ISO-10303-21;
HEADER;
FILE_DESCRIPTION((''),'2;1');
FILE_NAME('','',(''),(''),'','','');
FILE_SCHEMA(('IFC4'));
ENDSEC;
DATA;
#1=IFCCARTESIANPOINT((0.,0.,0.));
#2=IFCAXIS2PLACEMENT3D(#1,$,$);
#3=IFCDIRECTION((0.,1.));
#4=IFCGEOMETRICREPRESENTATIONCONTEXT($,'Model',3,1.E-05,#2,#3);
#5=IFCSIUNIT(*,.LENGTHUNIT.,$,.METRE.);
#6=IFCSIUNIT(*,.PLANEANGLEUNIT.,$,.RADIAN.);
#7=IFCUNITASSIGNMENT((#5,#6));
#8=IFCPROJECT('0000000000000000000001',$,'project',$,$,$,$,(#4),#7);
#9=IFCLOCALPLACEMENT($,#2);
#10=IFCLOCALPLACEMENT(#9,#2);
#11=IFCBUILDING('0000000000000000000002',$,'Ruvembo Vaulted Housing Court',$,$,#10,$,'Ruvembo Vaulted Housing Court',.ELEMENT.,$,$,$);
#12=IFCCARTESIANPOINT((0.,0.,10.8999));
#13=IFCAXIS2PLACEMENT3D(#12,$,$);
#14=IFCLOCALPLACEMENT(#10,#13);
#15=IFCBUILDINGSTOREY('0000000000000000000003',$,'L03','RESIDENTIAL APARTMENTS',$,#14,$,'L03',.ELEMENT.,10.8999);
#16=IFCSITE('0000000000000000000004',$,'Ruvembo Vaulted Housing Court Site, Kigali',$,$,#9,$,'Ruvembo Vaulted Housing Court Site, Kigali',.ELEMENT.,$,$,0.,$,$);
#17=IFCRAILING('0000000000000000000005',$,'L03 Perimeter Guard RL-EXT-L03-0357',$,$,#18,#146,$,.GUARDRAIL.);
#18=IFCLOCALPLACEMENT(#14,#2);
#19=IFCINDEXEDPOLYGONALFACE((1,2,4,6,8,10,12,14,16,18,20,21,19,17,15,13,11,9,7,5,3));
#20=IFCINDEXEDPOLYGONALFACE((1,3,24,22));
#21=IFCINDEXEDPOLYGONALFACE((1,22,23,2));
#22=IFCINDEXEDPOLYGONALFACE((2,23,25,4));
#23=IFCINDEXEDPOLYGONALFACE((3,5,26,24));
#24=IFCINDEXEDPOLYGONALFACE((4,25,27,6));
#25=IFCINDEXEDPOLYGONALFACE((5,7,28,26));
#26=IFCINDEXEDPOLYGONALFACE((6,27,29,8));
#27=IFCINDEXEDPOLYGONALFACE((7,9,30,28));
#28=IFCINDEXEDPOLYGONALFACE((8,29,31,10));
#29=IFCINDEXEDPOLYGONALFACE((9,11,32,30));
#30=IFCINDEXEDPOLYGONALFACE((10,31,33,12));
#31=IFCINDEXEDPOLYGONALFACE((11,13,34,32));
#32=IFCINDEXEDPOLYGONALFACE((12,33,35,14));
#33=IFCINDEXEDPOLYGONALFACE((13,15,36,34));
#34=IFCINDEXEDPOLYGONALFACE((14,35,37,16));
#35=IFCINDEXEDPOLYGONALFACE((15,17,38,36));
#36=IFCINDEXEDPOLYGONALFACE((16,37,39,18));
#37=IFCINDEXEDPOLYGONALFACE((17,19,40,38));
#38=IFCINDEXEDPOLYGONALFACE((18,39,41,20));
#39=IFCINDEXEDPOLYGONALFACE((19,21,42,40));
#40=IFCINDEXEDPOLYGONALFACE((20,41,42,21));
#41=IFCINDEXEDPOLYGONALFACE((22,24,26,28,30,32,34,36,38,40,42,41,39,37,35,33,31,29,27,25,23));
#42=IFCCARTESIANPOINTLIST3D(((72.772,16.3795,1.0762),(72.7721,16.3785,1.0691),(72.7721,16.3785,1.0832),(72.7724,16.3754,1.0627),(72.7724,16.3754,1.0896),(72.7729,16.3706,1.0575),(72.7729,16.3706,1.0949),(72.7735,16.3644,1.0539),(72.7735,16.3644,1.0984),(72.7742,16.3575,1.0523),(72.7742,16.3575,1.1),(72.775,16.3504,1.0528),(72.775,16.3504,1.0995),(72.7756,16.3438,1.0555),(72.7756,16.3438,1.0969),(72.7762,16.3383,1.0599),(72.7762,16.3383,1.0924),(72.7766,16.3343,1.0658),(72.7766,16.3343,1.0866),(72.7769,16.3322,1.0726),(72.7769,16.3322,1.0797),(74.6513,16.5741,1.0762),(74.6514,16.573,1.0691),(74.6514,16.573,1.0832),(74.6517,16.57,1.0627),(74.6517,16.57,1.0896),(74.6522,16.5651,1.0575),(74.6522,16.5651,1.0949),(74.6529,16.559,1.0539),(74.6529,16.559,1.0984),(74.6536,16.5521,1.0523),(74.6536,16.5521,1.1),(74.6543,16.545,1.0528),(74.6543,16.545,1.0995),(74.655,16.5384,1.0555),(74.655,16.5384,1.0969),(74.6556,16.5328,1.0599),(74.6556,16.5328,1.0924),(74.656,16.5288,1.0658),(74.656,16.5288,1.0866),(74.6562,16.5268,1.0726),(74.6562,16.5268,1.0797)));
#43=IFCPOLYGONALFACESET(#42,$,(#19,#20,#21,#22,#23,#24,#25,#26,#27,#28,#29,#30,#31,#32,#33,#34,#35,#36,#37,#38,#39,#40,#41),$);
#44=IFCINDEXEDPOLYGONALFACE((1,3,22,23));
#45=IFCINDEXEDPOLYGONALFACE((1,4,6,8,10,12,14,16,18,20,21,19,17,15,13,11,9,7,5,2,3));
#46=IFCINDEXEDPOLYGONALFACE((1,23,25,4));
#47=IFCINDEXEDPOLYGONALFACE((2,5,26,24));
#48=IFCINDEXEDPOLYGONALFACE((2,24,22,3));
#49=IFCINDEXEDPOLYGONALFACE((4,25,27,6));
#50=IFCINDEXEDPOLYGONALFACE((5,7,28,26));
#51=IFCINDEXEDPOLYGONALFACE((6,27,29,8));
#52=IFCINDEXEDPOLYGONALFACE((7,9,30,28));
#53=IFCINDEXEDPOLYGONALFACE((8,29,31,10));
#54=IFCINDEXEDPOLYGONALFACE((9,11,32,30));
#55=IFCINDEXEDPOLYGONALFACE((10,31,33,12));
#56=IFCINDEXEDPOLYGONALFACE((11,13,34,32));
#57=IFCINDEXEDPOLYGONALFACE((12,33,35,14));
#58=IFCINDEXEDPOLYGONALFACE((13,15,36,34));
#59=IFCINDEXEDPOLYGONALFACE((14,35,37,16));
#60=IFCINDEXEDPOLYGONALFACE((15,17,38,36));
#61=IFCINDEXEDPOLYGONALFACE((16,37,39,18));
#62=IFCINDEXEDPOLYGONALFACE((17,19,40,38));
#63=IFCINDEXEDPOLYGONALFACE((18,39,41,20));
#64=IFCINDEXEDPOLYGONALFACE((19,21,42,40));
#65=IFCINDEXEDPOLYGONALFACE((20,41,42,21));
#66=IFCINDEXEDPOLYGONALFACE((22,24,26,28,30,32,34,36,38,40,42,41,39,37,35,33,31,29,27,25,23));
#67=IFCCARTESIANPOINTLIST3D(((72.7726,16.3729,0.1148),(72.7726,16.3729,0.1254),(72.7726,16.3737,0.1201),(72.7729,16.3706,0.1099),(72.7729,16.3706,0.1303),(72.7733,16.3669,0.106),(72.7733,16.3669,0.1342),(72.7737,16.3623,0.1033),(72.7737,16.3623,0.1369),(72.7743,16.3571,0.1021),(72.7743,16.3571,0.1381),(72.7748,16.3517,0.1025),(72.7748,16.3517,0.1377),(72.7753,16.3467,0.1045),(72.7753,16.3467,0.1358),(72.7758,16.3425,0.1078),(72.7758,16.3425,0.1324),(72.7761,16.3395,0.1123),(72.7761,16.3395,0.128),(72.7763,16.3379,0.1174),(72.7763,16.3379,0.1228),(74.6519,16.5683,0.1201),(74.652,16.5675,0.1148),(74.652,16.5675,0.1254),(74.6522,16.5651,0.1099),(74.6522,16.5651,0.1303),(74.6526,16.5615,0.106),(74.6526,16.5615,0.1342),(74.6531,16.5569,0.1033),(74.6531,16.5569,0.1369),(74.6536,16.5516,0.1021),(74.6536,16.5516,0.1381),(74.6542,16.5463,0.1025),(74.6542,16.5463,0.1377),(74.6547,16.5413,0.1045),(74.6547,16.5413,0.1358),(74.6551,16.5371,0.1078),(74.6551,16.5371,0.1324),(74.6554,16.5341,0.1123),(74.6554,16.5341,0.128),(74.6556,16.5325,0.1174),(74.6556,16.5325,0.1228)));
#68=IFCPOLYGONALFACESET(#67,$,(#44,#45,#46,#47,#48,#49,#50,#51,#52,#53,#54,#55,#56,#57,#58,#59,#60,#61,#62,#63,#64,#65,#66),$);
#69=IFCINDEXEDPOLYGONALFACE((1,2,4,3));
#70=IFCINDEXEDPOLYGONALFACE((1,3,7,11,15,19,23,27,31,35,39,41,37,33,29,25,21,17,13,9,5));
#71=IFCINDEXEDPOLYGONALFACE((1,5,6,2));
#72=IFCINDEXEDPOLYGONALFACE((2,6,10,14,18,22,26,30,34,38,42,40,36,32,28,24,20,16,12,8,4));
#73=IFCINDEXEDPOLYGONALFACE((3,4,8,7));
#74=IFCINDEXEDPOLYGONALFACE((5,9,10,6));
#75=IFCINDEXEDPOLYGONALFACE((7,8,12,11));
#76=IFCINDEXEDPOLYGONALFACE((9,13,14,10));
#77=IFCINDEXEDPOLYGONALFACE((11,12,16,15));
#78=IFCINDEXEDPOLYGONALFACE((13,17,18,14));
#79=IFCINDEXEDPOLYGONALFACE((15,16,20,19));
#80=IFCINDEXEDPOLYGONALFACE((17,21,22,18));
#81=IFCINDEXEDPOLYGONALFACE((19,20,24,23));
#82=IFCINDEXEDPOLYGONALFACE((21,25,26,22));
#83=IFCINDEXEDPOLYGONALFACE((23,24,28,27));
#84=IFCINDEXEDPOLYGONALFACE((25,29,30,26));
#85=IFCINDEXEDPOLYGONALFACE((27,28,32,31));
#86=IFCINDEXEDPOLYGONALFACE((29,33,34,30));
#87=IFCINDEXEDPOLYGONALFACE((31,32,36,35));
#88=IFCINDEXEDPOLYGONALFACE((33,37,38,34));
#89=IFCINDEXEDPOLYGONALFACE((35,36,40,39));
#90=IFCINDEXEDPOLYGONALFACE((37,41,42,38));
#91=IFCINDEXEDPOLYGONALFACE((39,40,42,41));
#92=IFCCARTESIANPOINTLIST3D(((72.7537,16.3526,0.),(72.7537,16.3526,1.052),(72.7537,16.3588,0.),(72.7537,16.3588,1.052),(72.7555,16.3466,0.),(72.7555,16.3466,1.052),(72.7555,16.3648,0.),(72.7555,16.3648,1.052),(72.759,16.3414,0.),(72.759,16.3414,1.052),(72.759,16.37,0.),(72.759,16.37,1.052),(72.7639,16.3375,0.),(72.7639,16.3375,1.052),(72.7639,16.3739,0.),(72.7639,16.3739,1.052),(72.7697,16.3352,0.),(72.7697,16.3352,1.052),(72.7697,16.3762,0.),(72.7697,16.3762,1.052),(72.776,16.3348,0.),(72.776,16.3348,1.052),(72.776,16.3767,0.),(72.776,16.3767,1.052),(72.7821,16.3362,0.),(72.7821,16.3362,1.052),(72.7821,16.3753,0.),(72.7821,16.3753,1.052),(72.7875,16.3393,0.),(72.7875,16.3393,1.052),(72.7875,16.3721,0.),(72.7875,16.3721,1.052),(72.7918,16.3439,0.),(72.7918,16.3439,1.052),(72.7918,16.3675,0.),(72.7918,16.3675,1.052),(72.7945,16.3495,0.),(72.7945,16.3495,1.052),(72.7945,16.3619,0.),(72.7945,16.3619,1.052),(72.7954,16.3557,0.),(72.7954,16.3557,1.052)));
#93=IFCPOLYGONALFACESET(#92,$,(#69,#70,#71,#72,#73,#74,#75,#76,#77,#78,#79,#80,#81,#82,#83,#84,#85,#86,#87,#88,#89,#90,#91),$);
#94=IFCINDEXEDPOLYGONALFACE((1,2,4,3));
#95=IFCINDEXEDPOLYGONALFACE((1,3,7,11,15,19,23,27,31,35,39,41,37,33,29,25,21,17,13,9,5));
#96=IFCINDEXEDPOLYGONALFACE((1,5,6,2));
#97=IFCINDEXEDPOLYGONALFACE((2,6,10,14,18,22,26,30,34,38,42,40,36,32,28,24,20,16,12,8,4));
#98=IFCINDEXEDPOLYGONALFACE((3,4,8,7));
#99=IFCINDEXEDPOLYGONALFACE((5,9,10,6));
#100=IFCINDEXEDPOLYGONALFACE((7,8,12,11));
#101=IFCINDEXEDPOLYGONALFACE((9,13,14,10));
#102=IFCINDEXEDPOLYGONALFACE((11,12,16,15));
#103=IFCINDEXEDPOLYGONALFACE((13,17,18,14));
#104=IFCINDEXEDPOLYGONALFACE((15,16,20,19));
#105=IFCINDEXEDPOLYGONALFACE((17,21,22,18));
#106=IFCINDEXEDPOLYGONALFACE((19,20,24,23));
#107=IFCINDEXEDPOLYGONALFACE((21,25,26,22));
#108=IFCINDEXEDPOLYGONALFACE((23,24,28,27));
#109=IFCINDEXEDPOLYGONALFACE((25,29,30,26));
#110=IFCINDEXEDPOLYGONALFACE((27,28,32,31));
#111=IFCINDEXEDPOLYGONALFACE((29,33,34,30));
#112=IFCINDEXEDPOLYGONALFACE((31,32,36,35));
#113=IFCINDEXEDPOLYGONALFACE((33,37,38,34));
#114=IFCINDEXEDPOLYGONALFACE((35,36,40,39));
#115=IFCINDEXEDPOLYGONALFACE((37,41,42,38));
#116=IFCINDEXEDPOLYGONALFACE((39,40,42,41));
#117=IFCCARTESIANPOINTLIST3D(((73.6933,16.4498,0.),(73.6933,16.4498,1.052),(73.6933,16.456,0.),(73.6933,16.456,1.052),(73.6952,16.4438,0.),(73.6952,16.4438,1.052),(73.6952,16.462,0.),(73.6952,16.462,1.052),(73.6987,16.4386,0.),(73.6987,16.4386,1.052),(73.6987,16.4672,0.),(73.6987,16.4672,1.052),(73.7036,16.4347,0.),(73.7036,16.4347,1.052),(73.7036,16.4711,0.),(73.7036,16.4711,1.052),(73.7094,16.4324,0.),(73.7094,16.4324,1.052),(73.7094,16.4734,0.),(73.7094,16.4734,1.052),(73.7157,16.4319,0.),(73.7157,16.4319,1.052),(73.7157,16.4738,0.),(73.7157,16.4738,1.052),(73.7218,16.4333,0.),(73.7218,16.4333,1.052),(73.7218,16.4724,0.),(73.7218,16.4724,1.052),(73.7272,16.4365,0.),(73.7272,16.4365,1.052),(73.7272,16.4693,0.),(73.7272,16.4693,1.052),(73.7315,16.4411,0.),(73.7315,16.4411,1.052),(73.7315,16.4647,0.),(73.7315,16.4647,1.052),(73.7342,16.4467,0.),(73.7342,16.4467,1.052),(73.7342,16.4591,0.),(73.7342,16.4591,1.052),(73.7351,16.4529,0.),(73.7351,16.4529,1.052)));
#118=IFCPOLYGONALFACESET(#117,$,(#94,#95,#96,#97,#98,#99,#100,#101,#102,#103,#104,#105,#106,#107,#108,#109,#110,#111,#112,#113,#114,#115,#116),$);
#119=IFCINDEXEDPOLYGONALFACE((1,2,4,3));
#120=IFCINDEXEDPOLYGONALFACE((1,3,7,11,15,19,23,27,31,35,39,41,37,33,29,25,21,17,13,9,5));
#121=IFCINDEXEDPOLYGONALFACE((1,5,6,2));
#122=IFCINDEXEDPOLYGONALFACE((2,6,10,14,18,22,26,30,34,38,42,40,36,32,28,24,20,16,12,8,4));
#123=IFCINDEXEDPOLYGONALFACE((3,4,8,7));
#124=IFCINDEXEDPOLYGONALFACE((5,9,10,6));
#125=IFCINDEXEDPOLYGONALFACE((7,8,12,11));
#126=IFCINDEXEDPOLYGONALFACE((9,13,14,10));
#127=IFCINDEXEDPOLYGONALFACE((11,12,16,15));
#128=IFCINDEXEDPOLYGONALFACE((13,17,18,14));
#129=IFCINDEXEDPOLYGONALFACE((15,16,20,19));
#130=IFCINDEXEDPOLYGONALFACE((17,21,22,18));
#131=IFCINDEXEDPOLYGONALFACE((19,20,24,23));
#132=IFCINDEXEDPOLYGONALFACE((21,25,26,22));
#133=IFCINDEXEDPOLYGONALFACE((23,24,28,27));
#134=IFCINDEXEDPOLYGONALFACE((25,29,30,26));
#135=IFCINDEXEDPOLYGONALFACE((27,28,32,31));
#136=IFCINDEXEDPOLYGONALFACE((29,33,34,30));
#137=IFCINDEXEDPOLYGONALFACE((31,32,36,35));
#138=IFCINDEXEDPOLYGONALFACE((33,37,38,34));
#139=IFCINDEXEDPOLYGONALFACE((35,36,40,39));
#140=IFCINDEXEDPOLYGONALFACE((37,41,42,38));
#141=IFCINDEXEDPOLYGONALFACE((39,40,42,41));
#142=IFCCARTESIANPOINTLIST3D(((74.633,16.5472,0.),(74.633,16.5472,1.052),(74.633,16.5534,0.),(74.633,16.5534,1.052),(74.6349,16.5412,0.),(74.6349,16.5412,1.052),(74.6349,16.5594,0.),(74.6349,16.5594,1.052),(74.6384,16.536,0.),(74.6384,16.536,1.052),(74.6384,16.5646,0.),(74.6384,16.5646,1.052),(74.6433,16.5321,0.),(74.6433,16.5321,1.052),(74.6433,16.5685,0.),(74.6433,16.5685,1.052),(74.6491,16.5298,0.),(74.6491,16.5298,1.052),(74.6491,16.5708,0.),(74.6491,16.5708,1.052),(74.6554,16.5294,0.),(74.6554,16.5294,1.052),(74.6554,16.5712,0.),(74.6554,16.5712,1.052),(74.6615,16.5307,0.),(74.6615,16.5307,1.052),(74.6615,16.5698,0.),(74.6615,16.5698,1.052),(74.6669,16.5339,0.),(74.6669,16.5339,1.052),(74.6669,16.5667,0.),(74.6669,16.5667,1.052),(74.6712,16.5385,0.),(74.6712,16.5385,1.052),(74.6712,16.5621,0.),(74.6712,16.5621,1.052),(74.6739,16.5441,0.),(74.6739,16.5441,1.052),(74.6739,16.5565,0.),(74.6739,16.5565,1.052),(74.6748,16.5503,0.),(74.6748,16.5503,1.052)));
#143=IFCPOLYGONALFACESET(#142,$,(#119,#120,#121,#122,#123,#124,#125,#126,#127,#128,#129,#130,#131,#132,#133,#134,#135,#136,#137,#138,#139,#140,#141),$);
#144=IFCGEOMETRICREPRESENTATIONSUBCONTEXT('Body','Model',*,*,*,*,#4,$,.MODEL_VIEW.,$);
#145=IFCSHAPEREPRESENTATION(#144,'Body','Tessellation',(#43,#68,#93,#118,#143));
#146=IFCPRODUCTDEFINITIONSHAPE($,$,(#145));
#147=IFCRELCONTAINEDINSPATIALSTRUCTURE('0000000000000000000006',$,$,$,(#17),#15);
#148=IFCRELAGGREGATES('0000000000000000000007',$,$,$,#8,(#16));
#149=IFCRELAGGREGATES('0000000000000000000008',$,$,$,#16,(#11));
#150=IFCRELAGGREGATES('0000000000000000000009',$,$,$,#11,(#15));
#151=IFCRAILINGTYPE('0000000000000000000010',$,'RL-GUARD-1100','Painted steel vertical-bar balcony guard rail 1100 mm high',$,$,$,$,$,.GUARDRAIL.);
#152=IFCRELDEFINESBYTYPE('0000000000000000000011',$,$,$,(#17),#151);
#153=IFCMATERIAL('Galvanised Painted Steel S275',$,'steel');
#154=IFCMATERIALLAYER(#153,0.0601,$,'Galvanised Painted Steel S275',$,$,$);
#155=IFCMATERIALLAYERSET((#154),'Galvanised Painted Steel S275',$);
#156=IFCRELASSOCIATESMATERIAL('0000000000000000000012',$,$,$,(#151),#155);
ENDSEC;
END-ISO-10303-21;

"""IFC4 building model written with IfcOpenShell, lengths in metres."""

from ifc_helpers import new_model, si_unit, direction, frame, origin, origin_2d, place, context, subcontext, project, spatial, circle, extrude, material, layer, layer_set, type_object, element, save


model = new_model("IFC4")

# Units and contexts
model_context = context("Model", 3, precision=1e-05, world=origin(), true_north=direction((0.0, 1.0)))
body_context = subcontext(model_context, "Body", "Model", "MODEL_VIEW")
ifc_project = project(units=[si_unit("LENGTHUNIT", "METRE"), si_unit("PLANEANGLEUNIT", "RADIAN")], contexts=[model_context])

# Site, building, storey
site_placement = place(None, origin())
site = spatial("IfcSite", under=ifc_project, at=site_placement, Name="Ruvembo Vaulted Housing Court Site, Kigali", LongName="Ruvembo Vaulted Housing Court Site, Kigali", CompositionType="ELEMENT", RefElevation=0.0)
building_placement = place(site_placement, origin())
building = spatial("IfcBuilding", under=site, at=building_placement, Name="Ruvembo Vaulted Housing Court", LongName="Ruvembo Vaulted Housing Court", CompositionType="ELEMENT")
storey_placement = place(building_placement, frame((0.0, 0.0, 10.8999)))
storey = spatial("IfcBuildingStorey", under=building, at=storey_placement, Name="L03", Description="RESIDENTIAL APARTMENTS", LongName="L03", CompositionType="ELEMENT", Elevation=10.8999)

# Railing
ifc_material_1 = material(Name="Galvanised Painted Steel S275", Category="steel")
ifc_layer_1 = layer(ifc_material_1, 0.0601, Name="Galvanised Painted Steel S275")
ifc_layer_set_1 = layer_set([ifc_layer_1], Name="Galvanised Painted Steel S275")
railing_type = type_object("IfcRailingType", Name="RL-GUARD-1100", Description="Painted steel vertical-bar balcony guard rail 1100 mm high", PredefinedType="GUARDRAIL", material=ifc_layer_set_1)
railing_1_placement = place(storey_placement, frame((72.7744, 16.3557, 0.0)))
element("IfcRailing", 1, at=railing_1_placement, inside=storey, type_object=railing_type, Name="L03 Perimeter Guard RL-EXT-L03-0357", PredefinedType="GUARDRAIL", context=body_context, shape_type="SweptSolid", body=[
    extrude(circle(Radius=0.0239, at=origin_2d()), frame((0.0, 0.0, 1.0762), z_axis=(0.994683, 0.102983, 0.0), x_axis=(-0.102983, 0.994683, 0.0)), (0.0, 0.0, 1.0), 1.8894),
    extrude(circle(Radius=0.0181, at=origin_2d()), frame((0.0, 0.0, 0.1201), z_axis=(0.994683, 0.102983, 0.0), x_axis=(-0.102983, 0.994683, 0.0)), (0.0, 0.0, 1.0), 1.8894),
    extrude(circle(Radius=0.021, at=origin_2d()), origin(), (0.0, 0.0, 1.0), 1.052),
    extrude(circle(Radius=0.021, at=origin_2d()), frame((0.9397, 0.0972, 0.0)), (0.0, 0.0, 1.0), 1.052),
    extrude(circle(Radius=0.021, at=origin_2d()), frame((1.8794, 0.1946, 0.0)), (0.0, 0.0, 1.0), 1.052),
])

save(model, "model.ifc")
